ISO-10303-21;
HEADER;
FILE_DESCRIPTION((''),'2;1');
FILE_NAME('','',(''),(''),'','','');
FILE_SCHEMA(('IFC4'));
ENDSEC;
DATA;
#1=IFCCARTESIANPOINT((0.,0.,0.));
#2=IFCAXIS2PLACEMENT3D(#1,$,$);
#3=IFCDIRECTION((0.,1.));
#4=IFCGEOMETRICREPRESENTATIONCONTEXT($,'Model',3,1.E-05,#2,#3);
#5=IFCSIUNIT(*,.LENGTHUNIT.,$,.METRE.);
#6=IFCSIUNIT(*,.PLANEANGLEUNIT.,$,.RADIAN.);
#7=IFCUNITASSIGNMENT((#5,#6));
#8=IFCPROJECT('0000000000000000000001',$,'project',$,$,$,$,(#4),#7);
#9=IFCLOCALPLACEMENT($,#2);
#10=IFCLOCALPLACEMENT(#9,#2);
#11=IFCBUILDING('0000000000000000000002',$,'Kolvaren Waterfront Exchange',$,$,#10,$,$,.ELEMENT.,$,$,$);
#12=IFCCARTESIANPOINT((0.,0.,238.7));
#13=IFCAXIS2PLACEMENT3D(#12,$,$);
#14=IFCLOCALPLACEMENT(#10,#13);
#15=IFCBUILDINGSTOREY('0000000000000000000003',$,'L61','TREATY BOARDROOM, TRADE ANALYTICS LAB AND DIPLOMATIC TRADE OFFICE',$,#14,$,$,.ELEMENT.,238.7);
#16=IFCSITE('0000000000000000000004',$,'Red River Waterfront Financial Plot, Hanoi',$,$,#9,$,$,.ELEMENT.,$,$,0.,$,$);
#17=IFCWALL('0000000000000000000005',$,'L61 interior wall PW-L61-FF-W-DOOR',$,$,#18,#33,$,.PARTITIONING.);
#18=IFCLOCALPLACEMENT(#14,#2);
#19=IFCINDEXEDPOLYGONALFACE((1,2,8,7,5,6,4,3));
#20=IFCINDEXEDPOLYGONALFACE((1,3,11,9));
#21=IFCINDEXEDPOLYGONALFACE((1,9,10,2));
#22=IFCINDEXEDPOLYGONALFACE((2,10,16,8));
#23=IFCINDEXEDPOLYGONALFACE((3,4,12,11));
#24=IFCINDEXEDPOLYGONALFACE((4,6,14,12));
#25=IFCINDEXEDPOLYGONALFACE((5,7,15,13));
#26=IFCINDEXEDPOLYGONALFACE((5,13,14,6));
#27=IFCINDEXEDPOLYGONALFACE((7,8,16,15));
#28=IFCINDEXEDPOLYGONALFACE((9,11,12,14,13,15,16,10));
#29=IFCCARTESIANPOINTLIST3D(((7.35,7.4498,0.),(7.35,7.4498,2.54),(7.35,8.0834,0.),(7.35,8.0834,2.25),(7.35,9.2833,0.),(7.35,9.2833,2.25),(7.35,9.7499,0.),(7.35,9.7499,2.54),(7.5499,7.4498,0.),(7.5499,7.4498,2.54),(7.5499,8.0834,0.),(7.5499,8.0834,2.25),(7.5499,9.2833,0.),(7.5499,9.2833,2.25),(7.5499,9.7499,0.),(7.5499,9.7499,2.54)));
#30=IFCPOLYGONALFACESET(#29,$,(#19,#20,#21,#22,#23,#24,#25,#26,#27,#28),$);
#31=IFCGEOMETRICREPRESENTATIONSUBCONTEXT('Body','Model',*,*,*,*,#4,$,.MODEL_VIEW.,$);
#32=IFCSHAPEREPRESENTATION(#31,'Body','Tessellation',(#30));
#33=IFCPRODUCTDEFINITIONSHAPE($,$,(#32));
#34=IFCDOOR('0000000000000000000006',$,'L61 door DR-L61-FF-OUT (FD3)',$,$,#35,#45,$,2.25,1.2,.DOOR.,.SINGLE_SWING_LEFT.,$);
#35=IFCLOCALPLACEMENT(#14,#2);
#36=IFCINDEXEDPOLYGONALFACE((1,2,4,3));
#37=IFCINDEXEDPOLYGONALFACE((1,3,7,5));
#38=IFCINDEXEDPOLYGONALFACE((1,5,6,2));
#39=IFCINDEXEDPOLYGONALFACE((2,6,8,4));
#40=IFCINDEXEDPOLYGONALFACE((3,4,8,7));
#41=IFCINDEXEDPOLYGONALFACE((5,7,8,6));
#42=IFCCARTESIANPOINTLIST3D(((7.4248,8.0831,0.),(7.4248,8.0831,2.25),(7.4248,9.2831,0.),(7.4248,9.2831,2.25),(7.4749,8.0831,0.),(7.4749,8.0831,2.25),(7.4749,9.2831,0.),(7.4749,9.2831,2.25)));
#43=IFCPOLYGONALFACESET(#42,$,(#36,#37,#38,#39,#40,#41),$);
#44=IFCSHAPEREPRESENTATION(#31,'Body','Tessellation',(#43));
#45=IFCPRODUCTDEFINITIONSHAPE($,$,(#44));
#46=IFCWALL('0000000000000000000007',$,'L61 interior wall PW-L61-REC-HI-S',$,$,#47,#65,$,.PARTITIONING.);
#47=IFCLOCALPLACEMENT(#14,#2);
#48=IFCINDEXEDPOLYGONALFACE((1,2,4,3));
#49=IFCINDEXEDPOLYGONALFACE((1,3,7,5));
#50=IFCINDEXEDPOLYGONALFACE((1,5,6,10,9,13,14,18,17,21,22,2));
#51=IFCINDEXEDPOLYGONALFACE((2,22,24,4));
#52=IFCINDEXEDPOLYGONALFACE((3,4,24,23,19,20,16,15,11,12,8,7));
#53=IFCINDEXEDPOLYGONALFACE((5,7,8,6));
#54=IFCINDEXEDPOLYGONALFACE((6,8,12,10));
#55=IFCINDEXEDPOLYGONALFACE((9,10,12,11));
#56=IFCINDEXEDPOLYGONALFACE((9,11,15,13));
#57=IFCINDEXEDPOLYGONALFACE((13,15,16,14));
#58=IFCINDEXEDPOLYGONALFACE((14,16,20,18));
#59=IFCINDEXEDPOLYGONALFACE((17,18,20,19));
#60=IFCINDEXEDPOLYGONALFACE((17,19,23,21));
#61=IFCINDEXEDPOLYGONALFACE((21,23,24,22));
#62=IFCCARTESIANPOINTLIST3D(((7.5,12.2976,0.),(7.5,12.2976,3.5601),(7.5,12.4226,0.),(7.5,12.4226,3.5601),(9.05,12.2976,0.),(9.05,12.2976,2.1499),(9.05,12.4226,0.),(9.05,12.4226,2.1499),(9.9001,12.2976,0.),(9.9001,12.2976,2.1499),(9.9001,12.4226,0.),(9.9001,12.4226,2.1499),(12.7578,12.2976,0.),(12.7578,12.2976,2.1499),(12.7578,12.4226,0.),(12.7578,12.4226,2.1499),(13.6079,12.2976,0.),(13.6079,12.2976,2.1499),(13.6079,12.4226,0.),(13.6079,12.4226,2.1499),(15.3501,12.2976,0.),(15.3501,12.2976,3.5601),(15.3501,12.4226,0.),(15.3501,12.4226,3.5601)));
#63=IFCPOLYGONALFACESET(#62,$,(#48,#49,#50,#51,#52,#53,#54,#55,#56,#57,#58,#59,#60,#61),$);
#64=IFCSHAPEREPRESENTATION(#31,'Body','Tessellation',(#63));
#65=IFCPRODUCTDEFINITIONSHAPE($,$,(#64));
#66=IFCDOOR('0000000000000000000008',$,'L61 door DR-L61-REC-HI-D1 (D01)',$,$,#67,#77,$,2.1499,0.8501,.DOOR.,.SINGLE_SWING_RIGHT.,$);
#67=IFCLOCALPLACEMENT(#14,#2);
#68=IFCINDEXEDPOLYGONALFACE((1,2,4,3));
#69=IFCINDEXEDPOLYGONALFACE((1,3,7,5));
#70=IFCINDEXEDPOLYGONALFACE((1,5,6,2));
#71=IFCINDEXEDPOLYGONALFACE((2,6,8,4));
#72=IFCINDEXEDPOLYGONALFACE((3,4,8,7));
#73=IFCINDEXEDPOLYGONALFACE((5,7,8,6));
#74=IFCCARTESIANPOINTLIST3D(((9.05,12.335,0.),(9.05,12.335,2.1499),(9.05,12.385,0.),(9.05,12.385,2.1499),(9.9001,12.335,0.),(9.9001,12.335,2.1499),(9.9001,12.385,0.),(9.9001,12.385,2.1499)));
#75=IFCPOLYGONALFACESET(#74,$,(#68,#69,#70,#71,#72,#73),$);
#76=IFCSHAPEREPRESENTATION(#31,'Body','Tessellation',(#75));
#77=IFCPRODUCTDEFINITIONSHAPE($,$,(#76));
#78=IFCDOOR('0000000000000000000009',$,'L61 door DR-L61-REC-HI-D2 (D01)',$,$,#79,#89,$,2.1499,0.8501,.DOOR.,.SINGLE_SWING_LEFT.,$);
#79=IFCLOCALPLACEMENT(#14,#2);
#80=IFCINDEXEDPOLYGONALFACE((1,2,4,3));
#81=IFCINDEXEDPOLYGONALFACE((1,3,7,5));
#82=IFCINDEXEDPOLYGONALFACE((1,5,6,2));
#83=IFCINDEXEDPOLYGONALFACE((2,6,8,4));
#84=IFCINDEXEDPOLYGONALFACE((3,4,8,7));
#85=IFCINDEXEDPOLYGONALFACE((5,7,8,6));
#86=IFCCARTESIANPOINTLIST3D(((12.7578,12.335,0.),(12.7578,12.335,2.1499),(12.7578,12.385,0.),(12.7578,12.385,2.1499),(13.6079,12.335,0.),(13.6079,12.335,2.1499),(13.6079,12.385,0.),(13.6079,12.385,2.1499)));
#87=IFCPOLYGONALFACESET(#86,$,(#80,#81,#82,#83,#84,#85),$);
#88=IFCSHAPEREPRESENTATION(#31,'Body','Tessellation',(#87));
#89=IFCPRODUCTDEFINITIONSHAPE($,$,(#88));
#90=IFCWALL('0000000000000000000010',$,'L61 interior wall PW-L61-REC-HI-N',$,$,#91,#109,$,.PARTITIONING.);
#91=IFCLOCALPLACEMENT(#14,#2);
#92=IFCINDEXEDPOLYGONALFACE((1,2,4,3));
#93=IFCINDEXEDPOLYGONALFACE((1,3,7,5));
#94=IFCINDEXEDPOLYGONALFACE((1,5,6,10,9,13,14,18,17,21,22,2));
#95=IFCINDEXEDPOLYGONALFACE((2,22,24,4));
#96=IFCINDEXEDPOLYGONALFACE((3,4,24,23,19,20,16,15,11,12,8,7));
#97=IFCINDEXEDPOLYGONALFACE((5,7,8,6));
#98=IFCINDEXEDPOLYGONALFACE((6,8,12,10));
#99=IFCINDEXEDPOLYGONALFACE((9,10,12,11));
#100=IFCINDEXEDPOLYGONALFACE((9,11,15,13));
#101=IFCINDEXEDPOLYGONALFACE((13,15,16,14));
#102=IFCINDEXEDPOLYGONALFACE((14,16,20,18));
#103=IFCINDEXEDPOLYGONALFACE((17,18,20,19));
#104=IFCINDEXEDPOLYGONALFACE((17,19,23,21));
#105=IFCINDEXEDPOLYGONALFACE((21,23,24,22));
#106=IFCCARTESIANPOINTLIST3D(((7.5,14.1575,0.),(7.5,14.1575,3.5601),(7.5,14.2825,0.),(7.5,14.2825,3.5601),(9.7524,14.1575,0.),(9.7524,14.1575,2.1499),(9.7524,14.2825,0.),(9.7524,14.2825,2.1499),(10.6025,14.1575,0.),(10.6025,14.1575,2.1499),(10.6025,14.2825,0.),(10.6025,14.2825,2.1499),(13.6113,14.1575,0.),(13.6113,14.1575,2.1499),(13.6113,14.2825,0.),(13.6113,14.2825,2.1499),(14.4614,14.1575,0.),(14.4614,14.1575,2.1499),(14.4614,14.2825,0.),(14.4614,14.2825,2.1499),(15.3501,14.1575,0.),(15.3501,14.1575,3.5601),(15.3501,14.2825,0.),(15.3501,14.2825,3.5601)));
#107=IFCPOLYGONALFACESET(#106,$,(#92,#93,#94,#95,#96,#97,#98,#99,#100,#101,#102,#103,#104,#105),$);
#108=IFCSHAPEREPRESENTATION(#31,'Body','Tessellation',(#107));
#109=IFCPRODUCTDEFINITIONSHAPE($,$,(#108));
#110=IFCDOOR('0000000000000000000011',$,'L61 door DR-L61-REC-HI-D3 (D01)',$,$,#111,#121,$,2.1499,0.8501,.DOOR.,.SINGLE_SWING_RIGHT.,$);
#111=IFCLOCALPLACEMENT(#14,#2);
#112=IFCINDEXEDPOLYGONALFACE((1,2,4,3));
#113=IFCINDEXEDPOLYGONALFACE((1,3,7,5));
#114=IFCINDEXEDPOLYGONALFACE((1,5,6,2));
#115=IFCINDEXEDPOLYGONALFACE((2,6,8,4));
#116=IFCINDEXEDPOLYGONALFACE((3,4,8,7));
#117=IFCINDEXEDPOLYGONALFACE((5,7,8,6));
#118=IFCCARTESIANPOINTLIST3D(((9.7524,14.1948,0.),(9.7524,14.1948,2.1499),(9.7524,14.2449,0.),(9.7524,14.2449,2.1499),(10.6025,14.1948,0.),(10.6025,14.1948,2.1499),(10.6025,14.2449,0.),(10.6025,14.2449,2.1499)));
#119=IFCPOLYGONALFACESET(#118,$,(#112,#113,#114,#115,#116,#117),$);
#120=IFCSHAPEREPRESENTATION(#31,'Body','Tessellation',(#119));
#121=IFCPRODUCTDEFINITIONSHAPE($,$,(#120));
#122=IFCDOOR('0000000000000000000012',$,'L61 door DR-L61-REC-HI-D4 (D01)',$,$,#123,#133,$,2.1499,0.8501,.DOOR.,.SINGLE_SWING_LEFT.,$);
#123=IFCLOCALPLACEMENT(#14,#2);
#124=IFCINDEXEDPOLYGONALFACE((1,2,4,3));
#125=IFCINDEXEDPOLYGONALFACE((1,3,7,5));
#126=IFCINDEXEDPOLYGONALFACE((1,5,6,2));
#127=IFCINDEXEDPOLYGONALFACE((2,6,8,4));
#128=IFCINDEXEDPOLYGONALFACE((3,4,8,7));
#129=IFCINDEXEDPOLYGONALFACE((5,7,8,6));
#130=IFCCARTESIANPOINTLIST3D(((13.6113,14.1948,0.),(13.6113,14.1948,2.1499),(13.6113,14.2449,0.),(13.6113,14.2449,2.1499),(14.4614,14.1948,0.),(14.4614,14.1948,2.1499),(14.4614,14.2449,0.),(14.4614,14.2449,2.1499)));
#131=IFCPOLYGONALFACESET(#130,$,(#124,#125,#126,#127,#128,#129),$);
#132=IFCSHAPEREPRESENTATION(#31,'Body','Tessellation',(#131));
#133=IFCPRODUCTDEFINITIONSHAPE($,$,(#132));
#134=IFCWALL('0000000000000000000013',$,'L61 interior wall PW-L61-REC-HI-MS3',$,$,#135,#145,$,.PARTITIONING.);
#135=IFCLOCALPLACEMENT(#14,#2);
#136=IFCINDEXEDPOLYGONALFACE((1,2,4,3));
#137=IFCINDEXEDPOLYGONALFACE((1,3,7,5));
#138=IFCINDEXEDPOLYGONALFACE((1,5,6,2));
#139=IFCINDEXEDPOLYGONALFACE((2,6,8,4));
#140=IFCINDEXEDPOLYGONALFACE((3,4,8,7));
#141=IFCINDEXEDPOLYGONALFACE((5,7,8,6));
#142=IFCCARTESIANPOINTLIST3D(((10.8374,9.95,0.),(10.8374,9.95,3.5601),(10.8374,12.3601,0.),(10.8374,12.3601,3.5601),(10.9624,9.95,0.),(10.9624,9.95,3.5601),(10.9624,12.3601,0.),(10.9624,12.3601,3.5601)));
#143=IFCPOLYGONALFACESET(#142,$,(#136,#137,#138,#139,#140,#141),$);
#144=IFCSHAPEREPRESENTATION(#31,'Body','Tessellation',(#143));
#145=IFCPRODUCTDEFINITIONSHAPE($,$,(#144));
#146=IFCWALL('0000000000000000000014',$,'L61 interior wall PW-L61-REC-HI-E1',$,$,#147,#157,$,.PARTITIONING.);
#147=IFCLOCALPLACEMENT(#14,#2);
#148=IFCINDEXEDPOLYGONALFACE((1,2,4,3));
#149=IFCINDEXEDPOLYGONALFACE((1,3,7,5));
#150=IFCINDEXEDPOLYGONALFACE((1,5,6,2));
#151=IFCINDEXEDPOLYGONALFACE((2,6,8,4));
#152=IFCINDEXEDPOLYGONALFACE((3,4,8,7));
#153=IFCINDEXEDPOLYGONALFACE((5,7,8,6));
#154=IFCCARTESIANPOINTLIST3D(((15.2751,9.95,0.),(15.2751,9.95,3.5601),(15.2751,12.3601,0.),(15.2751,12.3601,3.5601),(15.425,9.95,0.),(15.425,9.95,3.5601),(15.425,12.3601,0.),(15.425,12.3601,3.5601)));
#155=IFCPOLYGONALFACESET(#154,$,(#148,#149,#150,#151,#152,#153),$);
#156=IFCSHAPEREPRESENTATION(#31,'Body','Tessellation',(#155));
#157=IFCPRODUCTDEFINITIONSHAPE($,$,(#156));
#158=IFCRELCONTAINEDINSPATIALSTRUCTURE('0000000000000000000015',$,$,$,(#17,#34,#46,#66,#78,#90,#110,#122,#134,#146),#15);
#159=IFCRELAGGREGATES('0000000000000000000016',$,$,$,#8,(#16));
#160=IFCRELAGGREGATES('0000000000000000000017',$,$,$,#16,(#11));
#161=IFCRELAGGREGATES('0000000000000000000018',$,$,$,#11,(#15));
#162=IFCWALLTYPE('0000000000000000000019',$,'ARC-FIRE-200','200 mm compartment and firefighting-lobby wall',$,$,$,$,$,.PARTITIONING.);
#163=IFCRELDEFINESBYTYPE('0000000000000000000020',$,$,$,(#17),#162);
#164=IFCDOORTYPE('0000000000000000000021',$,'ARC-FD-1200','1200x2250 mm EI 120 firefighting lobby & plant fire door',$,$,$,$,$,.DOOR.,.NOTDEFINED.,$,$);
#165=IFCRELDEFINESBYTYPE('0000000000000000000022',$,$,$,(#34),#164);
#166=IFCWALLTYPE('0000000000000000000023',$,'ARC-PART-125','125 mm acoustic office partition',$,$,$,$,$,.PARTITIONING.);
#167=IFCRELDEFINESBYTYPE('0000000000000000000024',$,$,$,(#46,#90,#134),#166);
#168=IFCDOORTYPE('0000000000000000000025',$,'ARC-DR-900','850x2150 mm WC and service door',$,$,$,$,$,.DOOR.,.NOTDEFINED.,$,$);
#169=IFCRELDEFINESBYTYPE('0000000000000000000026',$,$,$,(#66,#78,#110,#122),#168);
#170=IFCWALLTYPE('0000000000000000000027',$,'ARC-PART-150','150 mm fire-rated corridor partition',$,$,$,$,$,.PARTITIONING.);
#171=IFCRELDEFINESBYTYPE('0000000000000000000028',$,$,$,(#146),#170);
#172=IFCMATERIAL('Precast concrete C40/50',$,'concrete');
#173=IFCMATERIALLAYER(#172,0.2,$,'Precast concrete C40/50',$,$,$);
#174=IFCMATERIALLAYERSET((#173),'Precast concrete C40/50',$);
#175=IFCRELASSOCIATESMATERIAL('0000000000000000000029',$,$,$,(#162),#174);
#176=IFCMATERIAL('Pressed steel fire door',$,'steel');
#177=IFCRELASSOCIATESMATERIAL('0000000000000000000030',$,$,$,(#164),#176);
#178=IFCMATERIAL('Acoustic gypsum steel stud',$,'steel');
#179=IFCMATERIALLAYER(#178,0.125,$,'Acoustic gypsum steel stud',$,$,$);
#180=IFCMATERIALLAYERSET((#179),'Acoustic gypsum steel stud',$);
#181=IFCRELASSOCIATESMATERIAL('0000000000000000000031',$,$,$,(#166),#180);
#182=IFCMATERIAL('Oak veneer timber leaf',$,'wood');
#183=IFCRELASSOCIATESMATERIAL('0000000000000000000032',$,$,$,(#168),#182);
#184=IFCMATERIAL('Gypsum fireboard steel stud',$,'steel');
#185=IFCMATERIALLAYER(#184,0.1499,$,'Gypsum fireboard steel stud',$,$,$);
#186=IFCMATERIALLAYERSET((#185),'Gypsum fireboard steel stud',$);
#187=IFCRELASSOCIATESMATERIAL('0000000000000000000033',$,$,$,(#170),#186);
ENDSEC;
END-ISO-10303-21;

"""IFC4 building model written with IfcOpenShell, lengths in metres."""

from ifc_helpers import new_model, si_unit, direction, frame, frame_2d, origin, place, context, subcontext, project, spatial, rectangle, extrude, material, layer, layer_set, type_object, element, fill, save


model = new_model("IFC4")

# Units and contexts
model_context = context("Model", 3, precision=1e-05, world=origin(), true_north=direction((0.0, 1.0)))
body_context = subcontext(model_context, "Body", "Model", "MODEL_VIEW")
ifc_project = project(units=[si_unit("LENGTHUNIT", "METRE"), si_unit("PLANEANGLEUNIT", "RADIAN")], contexts=[model_context])

# Site, building, storey
site_placement = place(None, origin())
site = spatial("IfcSite", under=ifc_project, at=site_placement, Name="Red River Waterfront Financial Plot, Hanoi", CompositionType="ELEMENT", RefElevation=0.0)
building_placement = place(site_placement, origin())
building = spatial("IfcBuilding", under=site, at=building_placement, Name="Kolvaren Waterfront Exchange", CompositionType="ELEMENT")
storey_placement = place(building_placement, frame((0.0, 0.0, 238.7)))
storey = spatial("IfcBuildingStorey", under=building, at=storey_placement, Name="L61", Description="TREATY BOARDROOM, TRADE ANALYTICS LAB AND DIPLOMATIC TRADE OFFICE", CompositionType="ELEMENT", Elevation=238.7)

# Shared definitions
ifc_material_1 = material(Name="Precast concrete C40/50", Category="concrete")
ifc_layer_1 = layer(ifc_material_1, 0.2, Name="Precast concrete C40/50")
ifc_layer_set_1 = layer_set([ifc_layer_1], Name="Precast concrete C40/50")
wall_type_1 = type_object("IfcWallType", Name="ARC-FIRE-200", Description="200 mm compartment and firefighting-lobby wall", PredefinedType="PARTITIONING", material=ifc_layer_set_1)

# Wall, opening, door
wall_1_placement = place(storey_placement, frame((7.45, 7.45, 0.0), z_axis=(0.0, 0.0, 1.0), x_axis=(0.0, 1.0, 0.0)))
wall_1 = element("IfcWall", 1, at=wall_1_placement, inside=storey, type_object=wall_type_1, Name="L61 interior wall PW-L61-FF-W-DOOR", PredefinedType="PARTITIONING", context=body_context, shape_type="SweptSolid", body=[
    extrude(rectangle(XDim=2.3, YDim=0.2, at=frame_2d((1.1499, 0.0))), origin(), (0.0, 0.0, 1.0), 2.54),
])
opening_1_placement = place(wall_1_placement, frame((0.6333, 0.0, 0.0)))
opening_1 = element("IfcOpeningElement", 2, at=opening_1_placement, cuts=wall_1, PredefinedType="OPENING", context=body_context, shape_type="SweptSolid", body=[
    extrude(rectangle(XDim=1.2, YDim=2.25, at=frame_2d((0.6001, 1.125))), frame((0.0, 0.1099, 0.0), z_axis=(0.0, -1.0, 0.0), x_axis=(1.0, 0.0, 0.0)), (0.0, 0.0, 1.0), 0.22),
])
ifc_material_2 = material(Name="Pressed steel fire door", Category="steel")
door_type_1 = type_object("IfcDoorType", Name="ARC-FD-1200", Description="1200x2250 mm EI 120 firefighting lobby & plant fire door", OperationType="NOTDEFINED", PredefinedType="DOOR", material=ifc_material_2)
door_1_placement = place(opening_1_placement, frame((1.2, 0.0, 0.0), z_axis=(0.0, 0.0, 1.0), x_axis=(-1.0, 0.0, 0.0)))
door_1 = element("IfcDoor", 3, at=door_1_placement, inside=storey, type_object=door_type_1, Name="L61 door DR-L61-FF-OUT (FD3)", OperationType="SINGLE_SWING_LEFT", OverallHeight=2.25, OverallWidth=1.2, PredefinedType="DOOR", context=body_context, shape_type="SweptSolid", body=[
    extrude(rectangle(XDim=1.2, YDim=2.25, at=frame_2d((0.6001, 1.125))), frame((0.0, 0.0249, 0.0), z_axis=(0.0, -1.0, 0.0), x_axis=(1.0, 0.0, 0.0)), (0.0, 0.0, 1.0), 0.05),
])
fill(opening_1, door_1)

# Walls, openings, doors
ifc_material_3 = material(Name="Acoustic gypsum steel stud", Category="steel")
ifc_layer_2 = layer(ifc_material_3, 0.125, Name="Acoustic gypsum steel stud")
ifc_layer_set_2 = layer_set([ifc_layer_2], Name="Acoustic gypsum steel stud")
wall_type_2 = type_object("IfcWallType", Name="ARC-PART-125", Description="125 mm acoustic office partition", PredefinedType="PARTITIONING", material=ifc_layer_set_2)
wall_2_placement = place(storey_placement, frame((7.5, 12.3601, 0.0), z_axis=(0.0, 0.0, 1.0), x_axis=(1.0, 0.0, 0.0)))
wall_2 = element("IfcWall", 4, at=wall_2_placement, inside=storey, type_object=wall_type_2, Name="L61 interior wall PW-L61-REC-HI-S", PredefinedType="PARTITIONING", context=body_context, shape_type="SweptSolid", body=[
    extrude(rectangle(XDim=7.8501, YDim=0.125, at=frame_2d((3.925, 0.0))), origin(), (0.0, 0.0, 1.0), 3.5601),
])
opening_2_placement = place(wall_2_placement, frame((1.55, 0.0, 0.0)))
opening_2 = element("IfcOpeningElement", 5, at=opening_2_placement, cuts=wall_2, PredefinedType="OPENING", context=body_context, shape_type="SweptSolid", body=[
    extrude(rectangle(XDim=0.8501, YDim=2.1499, at=frame_2d((0.425, 1.075))), frame((0.0, 0.0725, 0.0), z_axis=(0.0, -1.0, 0.0), x_axis=(1.0, 0.0, 0.0)), (0.0, 0.0, 1.0), 0.145),
])
opening_3_placement = place(wall_2_placement, frame((5.2578, 0.0, 0.0)))
opening_3 = element("IfcOpeningElement", 6, at=opening_3_placement, cuts=wall_2, PredefinedType="OPENING", context=body_context, shape_type="SweptSolid", body=[
    extrude(rectangle(XDim=0.8501, YDim=2.1499, at=frame_2d((0.425, 1.075))), frame((0.0, 0.0725, 0.0), z_axis=(0.0, -1.0, 0.0), x_axis=(1.0, 0.0, 0.0)), (0.0, 0.0, 1.0), 0.145),
])
ifc_material_4 = material(Name="Oak veneer timber leaf", Category="wood")
door_type_2 = type_object("IfcDoorType", Name="ARC-DR-900", Description="850x2150 mm WC and service door", OperationType="NOTDEFINED", PredefinedType="DOOR", material=ifc_material_4)
door_2_placement = place(opening_2_placement, origin())
door_2 = element("IfcDoor", 7, at=door_2_placement, inside=storey, type_object=door_type_2, Name="L61 door DR-L61-REC-HI-D1 (D01)", OperationType="SINGLE_SWING_RIGHT", OverallHeight=2.1499, OverallWidth=0.8501, PredefinedType="DOOR", context=body_context, shape_type="SweptSolid", body=[
    extrude(rectangle(XDim=0.8501, YDim=2.1499, at=frame_2d((0.425, 1.075))), frame((0.0, 0.0249, 0.0), z_axis=(0.0, -1.0, 0.0), x_axis=(1.0, 0.0, 0.0)), (0.0, 0.0, 1.0), 0.05),
])
fill(opening_2, door_2)
door_3_placement = place(opening_3_placement, origin())
door_3 = element("IfcDoor", 8, at=door_3_placement, inside=storey, type_object=door_type_2, Name="L61 door DR-L61-REC-HI-D2 (D01)", OperationType="SINGLE_SWING_LEFT", OverallHeight=2.1499, OverallWidth=0.8501, PredefinedType="DOOR", context=body_context, shape_type="SweptSolid", body=[
    extrude(rectangle(XDim=0.8501, YDim=2.1499, at=frame_2d((0.425, 1.075))), frame((0.0, 0.0249, 0.0), z_axis=(0.0, -1.0, 0.0), x_axis=(1.0, 0.0, 0.0)), (0.0, 0.0, 1.0), 0.05),
])
fill(opening_3, door_3)
wall_3_placement = place(storey_placement, frame((7.5, 14.22, 0.0), z_axis=(0.0, 0.0, 1.0), x_axis=(1.0, 0.0, 0.0)))
wall_3 = element("IfcWall", 9, at=wall_3_placement, inside=storey, type_object=wall_type_2, Name="L61 interior wall PW-L61-REC-HI-N", PredefinedType="PARTITIONING", context=body_context, shape_type="SweptSolid", body=[
    extrude(rectangle(XDim=7.8501, YDim=0.125, at=frame_2d((3.925, 0.0))), origin(), (0.0, 0.0, 1.0), 3.5601),
])
opening_4_placement = place(wall_3_placement, frame((2.2524, 0.0, 0.0)))
opening_4 = element("IfcOpeningElement", 10, at=opening_4_placement, cuts=wall_3, PredefinedType="OPENING", context=body_context, shape_type="SweptSolid", body=[
    extrude(rectangle(XDim=0.8501, YDim=2.1499, at=frame_2d((0.425, 1.075))), frame((0.0, 0.0725, 0.0), z_axis=(0.0, -1.0, 0.0), x_axis=(1.0, 0.0, 0.0)), (0.0, 0.0, 1.0), 0.145),
])
opening_5_placement = place(wall_3_placement, frame((6.1113, 0.0, 0.0)))
opening_5 = element("IfcOpeningElement", 11, at=opening_5_placement, cuts=wall_3, PredefinedType="OPENING", context=body_context, shape_type="SweptSolid", body=[
    extrude(rectangle(XDim=0.8501, YDim=2.1499, at=frame_2d((0.425, 1.075))), frame((0.0, 0.0725, 0.0), z_axis=(0.0, -1.0, 0.0), x_axis=(1.0, 0.0, 0.0)), (0.0, 0.0, 1.0), 0.145),
])
door_4_placement = place(opening_4_placement, origin())
door_4 = element("IfcDoor", 12, at=door_4_placement, inside=storey, type_object=door_type_2, Name="L61 door DR-L61-REC-HI-D3 (D01)", OperationType="SINGLE_SWING_RIGHT", OverallHeight=2.1499, OverallWidth=0.8501, PredefinedType="DOOR", context=body_context, shape_type="SweptSolid", body=[
    extrude(rectangle(XDim=0.8501, YDim=2.1499, at=frame_2d((0.425, 1.075))), frame((0.0, 0.0249, 0.0), z_axis=(0.0, -1.0, 0.0), x_axis=(1.0, 0.0, 0.0)), (0.0, 0.0, 1.0), 0.05),
])
fill(opening_4, door_4)
door_5_placement = place(opening_5_placement, origin())
door_5 = element("IfcDoor", 13, at=door_5_placement, inside=storey, type_object=door_type_2, Name="L61 door DR-L61-REC-HI-D4 (D01)", OperationType="SINGLE_SWING_LEFT", OverallHeight=2.1499, OverallWidth=0.8501, PredefinedType="DOOR", context=body_context, shape_type="SweptSolid", body=[
    extrude(rectangle(XDim=0.8501, YDim=2.1499, at=frame_2d((0.425, 1.075))), frame((0.0, 0.0249, 0.0), z_axis=(0.0, -1.0, 0.0), x_axis=(1.0, 0.0, 0.0)), (0.0, 0.0, 1.0), 0.05),
])
fill(opening_5, door_5)

# Walls
wall_4_placement = place(storey_placement, frame((10.8999, 9.95, 0.0), z_axis=(0.0, 0.0, 1.0), x_axis=(0.0, 1.0, 0.0)))
element("IfcWall", 14, at=wall_4_placement, inside=storey, type_object=wall_type_2, Name="L61 interior wall PW-L61-REC-HI-MS3", PredefinedType="PARTITIONING", context=body_context, shape_type="SweptSolid", body=[
    extrude(rectangle(XDim=2.4102, YDim=0.125, at=frame_2d((1.2051, 0.0))), origin(), (0.0, 0.0, 1.0), 3.5601),
])
ifc_material_5 = material(Name="Gypsum fireboard steel stud", Category="steel")
ifc_layer_3 = layer(ifc_material_5, 0.1499, Name="Gypsum fireboard steel stud")
ifc_layer_set_3 = layer_set([ifc_layer_3], Name="Gypsum fireboard steel stud")
wall_type_3 = type_object("IfcWallType", Name="ARC-PART-150", Description="150 mm fire-rated corridor partition", PredefinedType="PARTITIONING", material=ifc_layer_set_3)
wall_5_placement = place(storey_placement, frame((15.3501, 9.95, 0.0), z_axis=(0.0, 0.0, 1.0), x_axis=(0.0, 1.0, 0.0)))
element("IfcWall", 15, at=wall_5_placement, inside=storey, type_object=wall_type_3, Name="L61 interior wall PW-L61-REC-HI-E1", PredefinedType="PARTITIONING", context=body_context, shape_type="SweptSolid", body=[
    extrude(rectangle(XDim=2.4102, YDim=0.1499, at=frame_2d((1.2051, 0.0))), origin(), (0.0, 0.0, 1.0), 3.5601),
])

save(model, "model.ifc")
